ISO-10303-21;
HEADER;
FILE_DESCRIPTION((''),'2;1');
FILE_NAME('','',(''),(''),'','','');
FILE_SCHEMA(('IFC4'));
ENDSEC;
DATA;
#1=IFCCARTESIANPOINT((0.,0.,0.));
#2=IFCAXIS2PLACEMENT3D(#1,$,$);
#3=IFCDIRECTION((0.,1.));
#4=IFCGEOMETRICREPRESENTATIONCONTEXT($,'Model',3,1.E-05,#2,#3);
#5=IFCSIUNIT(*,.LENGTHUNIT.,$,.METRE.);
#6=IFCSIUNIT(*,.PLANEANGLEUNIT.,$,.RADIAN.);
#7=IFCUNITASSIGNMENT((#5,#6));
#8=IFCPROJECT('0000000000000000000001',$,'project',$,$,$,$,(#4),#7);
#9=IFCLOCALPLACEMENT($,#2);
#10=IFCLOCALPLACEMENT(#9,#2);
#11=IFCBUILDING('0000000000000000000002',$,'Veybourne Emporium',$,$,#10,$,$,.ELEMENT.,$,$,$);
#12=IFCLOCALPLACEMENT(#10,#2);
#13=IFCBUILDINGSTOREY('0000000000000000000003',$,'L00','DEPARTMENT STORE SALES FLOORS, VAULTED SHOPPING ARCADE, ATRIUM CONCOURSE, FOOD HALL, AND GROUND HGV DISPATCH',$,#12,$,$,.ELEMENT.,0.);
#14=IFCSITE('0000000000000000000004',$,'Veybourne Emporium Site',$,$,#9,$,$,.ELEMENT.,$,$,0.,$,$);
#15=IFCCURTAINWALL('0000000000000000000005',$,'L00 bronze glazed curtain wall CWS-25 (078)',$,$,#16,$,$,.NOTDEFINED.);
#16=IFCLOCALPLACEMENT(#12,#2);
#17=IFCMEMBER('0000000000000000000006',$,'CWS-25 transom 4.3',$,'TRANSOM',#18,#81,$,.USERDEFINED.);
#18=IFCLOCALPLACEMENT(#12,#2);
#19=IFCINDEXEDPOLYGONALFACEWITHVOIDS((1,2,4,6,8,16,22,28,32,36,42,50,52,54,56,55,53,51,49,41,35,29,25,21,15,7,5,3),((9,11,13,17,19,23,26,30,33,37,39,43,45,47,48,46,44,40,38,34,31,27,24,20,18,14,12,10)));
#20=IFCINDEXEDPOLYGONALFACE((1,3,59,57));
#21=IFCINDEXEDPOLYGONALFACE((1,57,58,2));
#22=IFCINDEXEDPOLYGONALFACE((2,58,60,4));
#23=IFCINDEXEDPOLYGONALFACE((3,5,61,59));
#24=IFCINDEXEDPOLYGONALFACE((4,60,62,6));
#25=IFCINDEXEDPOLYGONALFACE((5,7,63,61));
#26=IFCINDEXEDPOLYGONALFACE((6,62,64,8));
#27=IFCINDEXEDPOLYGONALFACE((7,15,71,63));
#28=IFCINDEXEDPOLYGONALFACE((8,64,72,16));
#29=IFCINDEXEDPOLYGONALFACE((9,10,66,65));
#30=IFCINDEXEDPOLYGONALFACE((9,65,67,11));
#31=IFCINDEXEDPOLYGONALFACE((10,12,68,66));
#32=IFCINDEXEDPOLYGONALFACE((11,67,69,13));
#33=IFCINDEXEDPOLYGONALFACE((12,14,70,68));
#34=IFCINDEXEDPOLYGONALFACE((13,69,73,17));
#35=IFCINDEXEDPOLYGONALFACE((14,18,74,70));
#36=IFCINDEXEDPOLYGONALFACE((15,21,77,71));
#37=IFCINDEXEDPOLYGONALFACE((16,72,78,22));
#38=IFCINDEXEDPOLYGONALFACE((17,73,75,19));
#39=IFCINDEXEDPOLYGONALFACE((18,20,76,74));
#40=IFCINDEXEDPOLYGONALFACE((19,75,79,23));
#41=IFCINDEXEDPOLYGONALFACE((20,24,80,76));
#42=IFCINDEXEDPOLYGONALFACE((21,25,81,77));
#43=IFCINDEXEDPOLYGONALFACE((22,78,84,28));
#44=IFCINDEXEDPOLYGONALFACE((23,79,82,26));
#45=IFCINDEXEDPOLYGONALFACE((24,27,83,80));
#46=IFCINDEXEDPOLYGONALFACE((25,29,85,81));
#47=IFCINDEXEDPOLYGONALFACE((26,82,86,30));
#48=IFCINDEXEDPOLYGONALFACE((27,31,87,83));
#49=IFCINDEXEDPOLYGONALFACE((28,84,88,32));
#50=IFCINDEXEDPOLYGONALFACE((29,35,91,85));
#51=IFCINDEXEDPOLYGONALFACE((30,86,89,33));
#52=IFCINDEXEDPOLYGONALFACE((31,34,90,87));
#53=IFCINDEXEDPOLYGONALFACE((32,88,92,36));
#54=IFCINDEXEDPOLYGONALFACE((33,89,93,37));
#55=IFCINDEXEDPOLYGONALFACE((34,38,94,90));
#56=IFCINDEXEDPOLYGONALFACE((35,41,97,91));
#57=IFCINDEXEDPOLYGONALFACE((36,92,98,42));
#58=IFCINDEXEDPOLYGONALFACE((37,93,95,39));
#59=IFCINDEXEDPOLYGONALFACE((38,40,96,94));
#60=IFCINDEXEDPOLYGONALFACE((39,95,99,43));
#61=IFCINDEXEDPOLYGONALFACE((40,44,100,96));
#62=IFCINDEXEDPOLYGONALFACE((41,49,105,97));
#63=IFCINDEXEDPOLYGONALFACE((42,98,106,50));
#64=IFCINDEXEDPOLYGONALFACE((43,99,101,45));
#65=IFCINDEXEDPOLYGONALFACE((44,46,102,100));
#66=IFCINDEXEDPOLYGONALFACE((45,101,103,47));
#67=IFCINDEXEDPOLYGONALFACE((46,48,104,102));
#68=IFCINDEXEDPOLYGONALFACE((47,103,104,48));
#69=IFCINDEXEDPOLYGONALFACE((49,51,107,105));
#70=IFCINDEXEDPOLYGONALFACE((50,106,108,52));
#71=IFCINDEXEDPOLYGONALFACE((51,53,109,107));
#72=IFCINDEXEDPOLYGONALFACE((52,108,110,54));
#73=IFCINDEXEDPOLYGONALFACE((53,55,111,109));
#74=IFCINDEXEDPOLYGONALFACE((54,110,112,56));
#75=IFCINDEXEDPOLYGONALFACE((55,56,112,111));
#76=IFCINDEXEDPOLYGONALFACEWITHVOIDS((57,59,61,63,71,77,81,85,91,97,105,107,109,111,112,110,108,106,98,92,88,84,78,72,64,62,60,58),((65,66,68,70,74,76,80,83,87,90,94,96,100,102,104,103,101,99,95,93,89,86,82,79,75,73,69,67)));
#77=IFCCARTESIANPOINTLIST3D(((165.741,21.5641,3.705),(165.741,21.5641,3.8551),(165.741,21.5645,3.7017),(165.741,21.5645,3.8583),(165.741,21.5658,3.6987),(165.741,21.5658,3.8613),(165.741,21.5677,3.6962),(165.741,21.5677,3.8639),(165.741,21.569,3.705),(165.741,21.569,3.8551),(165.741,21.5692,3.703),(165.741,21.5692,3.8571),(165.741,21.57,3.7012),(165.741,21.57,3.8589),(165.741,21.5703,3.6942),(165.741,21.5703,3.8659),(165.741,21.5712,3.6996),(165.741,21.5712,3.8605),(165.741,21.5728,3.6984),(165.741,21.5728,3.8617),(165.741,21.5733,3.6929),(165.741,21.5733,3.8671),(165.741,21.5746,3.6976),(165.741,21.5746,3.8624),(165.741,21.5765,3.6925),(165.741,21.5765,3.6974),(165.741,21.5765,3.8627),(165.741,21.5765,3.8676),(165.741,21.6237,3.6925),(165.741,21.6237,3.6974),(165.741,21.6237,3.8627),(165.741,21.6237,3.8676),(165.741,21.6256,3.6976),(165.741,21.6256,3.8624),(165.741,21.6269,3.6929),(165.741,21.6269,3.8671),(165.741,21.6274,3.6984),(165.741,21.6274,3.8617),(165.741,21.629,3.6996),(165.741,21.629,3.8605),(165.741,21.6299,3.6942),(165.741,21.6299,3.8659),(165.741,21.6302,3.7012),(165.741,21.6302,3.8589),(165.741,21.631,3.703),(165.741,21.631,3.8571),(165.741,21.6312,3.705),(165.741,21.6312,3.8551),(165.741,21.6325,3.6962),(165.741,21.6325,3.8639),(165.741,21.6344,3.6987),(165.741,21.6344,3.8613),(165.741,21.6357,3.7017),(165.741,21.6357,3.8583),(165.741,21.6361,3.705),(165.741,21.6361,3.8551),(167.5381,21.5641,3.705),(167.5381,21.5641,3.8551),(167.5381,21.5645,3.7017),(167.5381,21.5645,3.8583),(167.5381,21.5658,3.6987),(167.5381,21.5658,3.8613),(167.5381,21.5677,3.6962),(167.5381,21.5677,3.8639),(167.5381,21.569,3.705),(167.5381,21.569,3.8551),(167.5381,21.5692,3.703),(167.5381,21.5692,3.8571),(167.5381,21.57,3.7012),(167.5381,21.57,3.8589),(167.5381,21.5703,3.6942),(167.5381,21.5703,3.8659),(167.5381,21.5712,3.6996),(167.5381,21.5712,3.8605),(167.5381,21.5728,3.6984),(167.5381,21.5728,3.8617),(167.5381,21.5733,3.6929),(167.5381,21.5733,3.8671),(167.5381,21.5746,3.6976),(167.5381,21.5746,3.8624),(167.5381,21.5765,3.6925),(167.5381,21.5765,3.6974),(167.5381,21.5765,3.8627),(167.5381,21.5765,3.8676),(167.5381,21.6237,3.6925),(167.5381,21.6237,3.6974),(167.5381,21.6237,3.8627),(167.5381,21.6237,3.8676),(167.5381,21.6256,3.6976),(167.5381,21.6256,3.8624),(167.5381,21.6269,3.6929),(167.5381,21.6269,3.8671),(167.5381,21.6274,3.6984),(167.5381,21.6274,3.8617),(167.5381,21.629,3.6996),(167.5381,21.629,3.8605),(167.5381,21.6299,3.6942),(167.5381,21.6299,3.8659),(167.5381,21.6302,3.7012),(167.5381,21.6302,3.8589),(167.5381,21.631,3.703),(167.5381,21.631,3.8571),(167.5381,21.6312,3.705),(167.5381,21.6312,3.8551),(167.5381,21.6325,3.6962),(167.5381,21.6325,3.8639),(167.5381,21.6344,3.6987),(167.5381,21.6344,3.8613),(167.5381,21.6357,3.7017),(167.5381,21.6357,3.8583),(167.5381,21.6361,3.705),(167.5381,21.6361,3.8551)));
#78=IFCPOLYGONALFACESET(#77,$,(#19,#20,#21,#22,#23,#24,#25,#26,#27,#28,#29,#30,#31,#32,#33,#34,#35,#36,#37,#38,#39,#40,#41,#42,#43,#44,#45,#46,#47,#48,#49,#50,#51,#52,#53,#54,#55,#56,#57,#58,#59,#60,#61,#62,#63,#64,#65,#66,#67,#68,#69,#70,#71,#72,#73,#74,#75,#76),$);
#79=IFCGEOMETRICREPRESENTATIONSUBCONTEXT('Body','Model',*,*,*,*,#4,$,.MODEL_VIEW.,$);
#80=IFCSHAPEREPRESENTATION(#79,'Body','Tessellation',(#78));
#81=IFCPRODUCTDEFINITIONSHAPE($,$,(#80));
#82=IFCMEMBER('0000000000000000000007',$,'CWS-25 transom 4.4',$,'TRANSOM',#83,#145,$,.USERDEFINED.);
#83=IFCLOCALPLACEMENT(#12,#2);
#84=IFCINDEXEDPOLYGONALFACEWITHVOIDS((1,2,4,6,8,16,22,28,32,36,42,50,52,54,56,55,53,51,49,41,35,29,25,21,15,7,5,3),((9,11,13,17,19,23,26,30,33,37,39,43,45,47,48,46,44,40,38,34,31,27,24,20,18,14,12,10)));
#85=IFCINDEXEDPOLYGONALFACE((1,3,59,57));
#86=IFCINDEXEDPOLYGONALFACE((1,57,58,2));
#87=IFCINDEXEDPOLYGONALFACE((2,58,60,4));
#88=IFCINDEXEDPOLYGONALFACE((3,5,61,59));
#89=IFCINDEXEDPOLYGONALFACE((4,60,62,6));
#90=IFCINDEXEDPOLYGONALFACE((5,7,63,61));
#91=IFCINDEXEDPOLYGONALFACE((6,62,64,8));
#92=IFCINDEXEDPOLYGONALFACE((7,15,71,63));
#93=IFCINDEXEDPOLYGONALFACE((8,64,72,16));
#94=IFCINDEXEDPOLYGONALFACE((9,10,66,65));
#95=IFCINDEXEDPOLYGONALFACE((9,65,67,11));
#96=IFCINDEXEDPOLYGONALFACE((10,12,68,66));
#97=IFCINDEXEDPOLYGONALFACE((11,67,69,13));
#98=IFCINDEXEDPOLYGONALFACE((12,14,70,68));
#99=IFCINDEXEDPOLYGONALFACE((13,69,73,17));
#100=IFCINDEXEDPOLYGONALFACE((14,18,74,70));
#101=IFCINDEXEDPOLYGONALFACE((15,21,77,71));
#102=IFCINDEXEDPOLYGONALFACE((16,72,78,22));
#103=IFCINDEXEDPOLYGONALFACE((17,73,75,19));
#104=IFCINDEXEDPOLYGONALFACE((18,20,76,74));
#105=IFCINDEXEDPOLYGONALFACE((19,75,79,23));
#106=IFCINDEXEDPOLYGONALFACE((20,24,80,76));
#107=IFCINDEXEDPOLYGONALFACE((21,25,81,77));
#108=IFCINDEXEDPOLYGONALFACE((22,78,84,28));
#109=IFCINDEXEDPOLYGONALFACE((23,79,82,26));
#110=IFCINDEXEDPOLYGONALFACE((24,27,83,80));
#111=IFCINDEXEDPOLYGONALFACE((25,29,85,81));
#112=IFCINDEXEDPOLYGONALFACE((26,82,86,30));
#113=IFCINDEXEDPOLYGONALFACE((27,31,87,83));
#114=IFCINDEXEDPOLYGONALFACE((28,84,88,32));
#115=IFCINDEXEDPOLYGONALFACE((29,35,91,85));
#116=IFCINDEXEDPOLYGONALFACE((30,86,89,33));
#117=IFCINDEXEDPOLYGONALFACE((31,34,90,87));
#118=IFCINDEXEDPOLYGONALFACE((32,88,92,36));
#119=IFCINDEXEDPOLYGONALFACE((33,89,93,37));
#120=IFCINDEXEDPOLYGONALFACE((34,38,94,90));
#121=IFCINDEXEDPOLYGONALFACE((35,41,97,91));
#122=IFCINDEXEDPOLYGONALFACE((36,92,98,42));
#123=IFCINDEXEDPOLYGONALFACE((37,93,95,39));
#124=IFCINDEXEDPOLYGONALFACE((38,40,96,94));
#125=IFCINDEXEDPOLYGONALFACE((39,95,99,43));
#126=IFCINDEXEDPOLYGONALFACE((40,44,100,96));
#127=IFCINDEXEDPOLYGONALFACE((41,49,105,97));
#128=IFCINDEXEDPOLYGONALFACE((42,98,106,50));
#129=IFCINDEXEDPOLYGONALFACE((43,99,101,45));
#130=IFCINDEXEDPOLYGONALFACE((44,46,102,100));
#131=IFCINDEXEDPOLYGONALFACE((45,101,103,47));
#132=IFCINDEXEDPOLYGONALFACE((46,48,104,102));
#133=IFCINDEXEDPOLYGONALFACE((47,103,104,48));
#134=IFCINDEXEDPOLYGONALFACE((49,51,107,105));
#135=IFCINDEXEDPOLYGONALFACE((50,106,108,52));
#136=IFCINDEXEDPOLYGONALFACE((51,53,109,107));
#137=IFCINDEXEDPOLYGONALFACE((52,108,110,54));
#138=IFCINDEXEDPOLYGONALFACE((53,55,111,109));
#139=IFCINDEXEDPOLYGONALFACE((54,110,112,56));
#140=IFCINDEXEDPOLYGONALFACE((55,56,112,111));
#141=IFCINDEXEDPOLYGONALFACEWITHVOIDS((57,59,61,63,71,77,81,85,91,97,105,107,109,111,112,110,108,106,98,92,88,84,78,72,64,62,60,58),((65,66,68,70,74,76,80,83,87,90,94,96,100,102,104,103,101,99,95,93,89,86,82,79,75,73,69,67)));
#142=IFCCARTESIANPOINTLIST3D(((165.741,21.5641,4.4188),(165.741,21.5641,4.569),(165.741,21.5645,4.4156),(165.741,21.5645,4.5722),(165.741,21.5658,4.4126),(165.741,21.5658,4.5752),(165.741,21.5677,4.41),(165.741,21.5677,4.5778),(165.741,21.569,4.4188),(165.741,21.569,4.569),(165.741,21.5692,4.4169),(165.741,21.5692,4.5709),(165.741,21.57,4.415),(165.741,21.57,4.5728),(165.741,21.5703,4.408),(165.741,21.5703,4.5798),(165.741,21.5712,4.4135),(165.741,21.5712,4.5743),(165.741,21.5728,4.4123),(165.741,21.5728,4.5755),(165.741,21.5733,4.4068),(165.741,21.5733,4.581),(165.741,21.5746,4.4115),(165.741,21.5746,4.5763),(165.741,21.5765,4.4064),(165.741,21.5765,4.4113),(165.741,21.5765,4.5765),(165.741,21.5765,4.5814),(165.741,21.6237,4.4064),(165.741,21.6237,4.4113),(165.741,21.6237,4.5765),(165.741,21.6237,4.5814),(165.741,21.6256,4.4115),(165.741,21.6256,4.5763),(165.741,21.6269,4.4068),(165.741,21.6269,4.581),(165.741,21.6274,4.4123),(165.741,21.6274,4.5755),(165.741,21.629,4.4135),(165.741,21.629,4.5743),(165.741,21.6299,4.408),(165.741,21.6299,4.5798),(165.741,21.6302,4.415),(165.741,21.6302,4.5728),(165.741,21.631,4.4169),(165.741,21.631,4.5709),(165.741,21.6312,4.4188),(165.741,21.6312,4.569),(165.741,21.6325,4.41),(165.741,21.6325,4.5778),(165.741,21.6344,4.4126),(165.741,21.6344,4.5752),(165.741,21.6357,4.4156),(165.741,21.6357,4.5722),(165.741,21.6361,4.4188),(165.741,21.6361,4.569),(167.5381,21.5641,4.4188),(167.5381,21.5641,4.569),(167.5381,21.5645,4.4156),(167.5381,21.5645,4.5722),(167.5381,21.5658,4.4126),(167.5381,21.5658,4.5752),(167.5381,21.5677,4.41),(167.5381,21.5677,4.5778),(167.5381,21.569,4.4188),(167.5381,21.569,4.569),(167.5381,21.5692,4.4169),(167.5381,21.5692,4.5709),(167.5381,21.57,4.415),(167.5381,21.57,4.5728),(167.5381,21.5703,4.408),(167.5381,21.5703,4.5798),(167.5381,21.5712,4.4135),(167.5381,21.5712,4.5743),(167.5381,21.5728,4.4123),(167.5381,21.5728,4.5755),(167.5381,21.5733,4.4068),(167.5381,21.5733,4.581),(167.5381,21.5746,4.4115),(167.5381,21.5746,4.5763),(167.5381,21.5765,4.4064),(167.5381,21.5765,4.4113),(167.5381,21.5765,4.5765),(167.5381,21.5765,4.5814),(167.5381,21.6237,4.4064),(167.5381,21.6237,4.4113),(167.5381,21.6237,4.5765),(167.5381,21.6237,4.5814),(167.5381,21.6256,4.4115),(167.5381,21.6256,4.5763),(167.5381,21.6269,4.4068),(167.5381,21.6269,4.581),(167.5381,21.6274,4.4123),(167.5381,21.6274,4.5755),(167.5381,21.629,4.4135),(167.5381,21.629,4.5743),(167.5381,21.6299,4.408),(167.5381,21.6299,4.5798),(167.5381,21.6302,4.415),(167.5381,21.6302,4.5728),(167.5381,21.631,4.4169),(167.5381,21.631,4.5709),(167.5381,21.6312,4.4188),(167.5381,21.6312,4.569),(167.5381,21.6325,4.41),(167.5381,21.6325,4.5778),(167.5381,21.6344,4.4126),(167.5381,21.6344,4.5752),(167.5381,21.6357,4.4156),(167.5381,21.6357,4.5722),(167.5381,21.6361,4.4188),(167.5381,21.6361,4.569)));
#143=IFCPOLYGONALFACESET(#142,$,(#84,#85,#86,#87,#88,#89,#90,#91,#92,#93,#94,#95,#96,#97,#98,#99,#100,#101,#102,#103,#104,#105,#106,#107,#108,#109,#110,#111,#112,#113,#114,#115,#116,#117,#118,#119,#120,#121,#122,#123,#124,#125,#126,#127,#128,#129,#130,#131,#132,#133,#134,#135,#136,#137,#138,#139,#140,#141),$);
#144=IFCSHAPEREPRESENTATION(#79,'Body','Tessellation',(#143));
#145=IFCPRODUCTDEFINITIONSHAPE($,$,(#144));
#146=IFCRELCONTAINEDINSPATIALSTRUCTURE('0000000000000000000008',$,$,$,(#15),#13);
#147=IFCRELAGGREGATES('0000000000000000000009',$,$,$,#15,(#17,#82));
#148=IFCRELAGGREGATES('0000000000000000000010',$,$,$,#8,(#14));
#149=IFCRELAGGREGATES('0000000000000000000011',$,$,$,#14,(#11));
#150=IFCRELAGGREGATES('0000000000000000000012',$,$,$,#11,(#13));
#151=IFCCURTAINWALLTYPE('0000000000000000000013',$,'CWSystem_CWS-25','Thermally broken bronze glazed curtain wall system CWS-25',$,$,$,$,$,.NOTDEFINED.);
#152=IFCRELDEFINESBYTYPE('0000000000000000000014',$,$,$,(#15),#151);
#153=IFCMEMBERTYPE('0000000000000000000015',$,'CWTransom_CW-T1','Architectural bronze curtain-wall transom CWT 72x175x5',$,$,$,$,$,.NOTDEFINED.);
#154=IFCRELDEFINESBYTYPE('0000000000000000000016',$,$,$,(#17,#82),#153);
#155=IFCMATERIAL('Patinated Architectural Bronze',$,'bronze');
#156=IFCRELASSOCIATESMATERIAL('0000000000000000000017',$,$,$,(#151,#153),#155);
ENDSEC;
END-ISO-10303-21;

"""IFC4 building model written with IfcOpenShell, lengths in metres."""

from ifc_helpers import new_model, si_unit, direction, frame, origin, origin_2d, place, context, subcontext, project, spatial, hollow_rectangle, extrude, material, material_profile, profile_set, type_object, element, aggregate, save


model = new_model("IFC4")

# Units and contexts
model_context = context("Model", 3, precision=1e-05, world=origin(), true_north=direction((0.0, 1.0)))
body_context = subcontext(model_context, "Body", "Model", "MODEL_VIEW")
ifc_project = project(units=[si_unit("LENGTHUNIT", "METRE"), si_unit("PLANEANGLEUNIT", "RADIAN")], contexts=[model_context])

# Site, building, storey
site_placement = place(None, origin())
site = spatial("IfcSite", under=ifc_project, at=site_placement, Name="Veybourne Emporium Site", CompositionType="ELEMENT", RefElevation=0.0)
building_placement = place(site_placement, origin())
building = spatial("IfcBuilding", under=site, at=building_placement, Name="Veybourne Emporium", CompositionType="ELEMENT")
storey_placement = place(building_placement, origin())
storey = spatial("IfcBuildingStorey", under=building, at=storey_placement, Name="L00", Description="DEPARTMENT STORE SALES FLOORS, VAULTED SHOPPING ARCADE, ATRIUM CONCOURSE, FOOD HALL, AND GROUND HGV DISPATCH", CompositionType="ELEMENT", Elevation=0.0)

# Curtain wall
ifc_material_1 = material(Name="Patinated Architectural Bronze", Category="bronze")
curtain_wall_type_1 = type_object("IfcCurtainWallType", Name="CWSystem_CWS-25", Description="Thermally broken bronze glazed curtain wall system CWS-25", PredefinedType="NOTDEFINED", material=ifc_material_1)
curtain_wall_1_placement = place(storey_placement, origin())
curtain_wall_1 = element("IfcCurtainWall", 1, at=curtain_wall_1_placement, inside=storey, type_object=curtain_wall_type_1, Name="L00 bronze glazed curtain wall CWS-25 (078)", PredefinedType="NOTDEFINED")

# Members
ifc_material_profile_1 = material_profile(ifc_material_1, hollow_rectangle(XDim=0.072, YDim=0.175, WallThickness=0.0049, InnerFilletRadius=0.0076, OuterFilletRadius=0.0125, at=origin_2d()), Name="CWT 72x175x5")
ifc_profile_set_1 = profile_set([ifc_material_profile_1], Name="Patinated Architectural Bronze")
member_type_1 = type_object("IfcMemberType", Name="CWTransom_CW-T1", Description="Architectural bronze curtain-wall transom CWT 72x175x5", PredefinedType="NOTDEFINED", material=ifc_profile_set_1)
member_1_placement = place(storey_placement, frame((165.741, 21.6001, 3.78), z_axis=(1.0, 0.0, 0.0), x_axis=(0.0, 1.0, 0.0)))
member_1 = element("IfcMember", 2, at=member_1_placement, type_object=member_type_1, Name="CWS-25 transom 4.3", ObjectType="TRANSOM", PredefinedType="USERDEFINED", context=body_context, shape_type="SweptSolid", body=[
    extrude(hollow_rectangle(XDim=0.072, YDim=0.175, WallThickness=0.0049, InnerFilletRadius=0.0076, OuterFilletRadius=0.0125, at=origin_2d()), origin(), (0.0, 0.0, 1.0), 1.7971),
])
member_2_placement = place(storey_placement, frame((165.741, 21.6001, 4.4939), z_axis=(1.0, 0.0, 0.0), x_axis=(0.0, 1.0, 0.0)))
member_2 = element("IfcMember", 3, at=member_2_placement, type_object=member_type_1, Name="CWS-25 transom 4.4", ObjectType="TRANSOM", PredefinedType="USERDEFINED", context=body_context, shape_type="SweptSolid", body=[
    extrude(hollow_rectangle(XDim=0.072, YDim=0.175, WallThickness=0.0049, InnerFilletRadius=0.0076, OuterFilletRadius=0.0125, at=origin_2d()), origin(), (0.0, 0.0, 1.0), 1.7971),
])

aggregate(curtain_wall_1, [member_1, member_2])

save(model, "model.ifc")
